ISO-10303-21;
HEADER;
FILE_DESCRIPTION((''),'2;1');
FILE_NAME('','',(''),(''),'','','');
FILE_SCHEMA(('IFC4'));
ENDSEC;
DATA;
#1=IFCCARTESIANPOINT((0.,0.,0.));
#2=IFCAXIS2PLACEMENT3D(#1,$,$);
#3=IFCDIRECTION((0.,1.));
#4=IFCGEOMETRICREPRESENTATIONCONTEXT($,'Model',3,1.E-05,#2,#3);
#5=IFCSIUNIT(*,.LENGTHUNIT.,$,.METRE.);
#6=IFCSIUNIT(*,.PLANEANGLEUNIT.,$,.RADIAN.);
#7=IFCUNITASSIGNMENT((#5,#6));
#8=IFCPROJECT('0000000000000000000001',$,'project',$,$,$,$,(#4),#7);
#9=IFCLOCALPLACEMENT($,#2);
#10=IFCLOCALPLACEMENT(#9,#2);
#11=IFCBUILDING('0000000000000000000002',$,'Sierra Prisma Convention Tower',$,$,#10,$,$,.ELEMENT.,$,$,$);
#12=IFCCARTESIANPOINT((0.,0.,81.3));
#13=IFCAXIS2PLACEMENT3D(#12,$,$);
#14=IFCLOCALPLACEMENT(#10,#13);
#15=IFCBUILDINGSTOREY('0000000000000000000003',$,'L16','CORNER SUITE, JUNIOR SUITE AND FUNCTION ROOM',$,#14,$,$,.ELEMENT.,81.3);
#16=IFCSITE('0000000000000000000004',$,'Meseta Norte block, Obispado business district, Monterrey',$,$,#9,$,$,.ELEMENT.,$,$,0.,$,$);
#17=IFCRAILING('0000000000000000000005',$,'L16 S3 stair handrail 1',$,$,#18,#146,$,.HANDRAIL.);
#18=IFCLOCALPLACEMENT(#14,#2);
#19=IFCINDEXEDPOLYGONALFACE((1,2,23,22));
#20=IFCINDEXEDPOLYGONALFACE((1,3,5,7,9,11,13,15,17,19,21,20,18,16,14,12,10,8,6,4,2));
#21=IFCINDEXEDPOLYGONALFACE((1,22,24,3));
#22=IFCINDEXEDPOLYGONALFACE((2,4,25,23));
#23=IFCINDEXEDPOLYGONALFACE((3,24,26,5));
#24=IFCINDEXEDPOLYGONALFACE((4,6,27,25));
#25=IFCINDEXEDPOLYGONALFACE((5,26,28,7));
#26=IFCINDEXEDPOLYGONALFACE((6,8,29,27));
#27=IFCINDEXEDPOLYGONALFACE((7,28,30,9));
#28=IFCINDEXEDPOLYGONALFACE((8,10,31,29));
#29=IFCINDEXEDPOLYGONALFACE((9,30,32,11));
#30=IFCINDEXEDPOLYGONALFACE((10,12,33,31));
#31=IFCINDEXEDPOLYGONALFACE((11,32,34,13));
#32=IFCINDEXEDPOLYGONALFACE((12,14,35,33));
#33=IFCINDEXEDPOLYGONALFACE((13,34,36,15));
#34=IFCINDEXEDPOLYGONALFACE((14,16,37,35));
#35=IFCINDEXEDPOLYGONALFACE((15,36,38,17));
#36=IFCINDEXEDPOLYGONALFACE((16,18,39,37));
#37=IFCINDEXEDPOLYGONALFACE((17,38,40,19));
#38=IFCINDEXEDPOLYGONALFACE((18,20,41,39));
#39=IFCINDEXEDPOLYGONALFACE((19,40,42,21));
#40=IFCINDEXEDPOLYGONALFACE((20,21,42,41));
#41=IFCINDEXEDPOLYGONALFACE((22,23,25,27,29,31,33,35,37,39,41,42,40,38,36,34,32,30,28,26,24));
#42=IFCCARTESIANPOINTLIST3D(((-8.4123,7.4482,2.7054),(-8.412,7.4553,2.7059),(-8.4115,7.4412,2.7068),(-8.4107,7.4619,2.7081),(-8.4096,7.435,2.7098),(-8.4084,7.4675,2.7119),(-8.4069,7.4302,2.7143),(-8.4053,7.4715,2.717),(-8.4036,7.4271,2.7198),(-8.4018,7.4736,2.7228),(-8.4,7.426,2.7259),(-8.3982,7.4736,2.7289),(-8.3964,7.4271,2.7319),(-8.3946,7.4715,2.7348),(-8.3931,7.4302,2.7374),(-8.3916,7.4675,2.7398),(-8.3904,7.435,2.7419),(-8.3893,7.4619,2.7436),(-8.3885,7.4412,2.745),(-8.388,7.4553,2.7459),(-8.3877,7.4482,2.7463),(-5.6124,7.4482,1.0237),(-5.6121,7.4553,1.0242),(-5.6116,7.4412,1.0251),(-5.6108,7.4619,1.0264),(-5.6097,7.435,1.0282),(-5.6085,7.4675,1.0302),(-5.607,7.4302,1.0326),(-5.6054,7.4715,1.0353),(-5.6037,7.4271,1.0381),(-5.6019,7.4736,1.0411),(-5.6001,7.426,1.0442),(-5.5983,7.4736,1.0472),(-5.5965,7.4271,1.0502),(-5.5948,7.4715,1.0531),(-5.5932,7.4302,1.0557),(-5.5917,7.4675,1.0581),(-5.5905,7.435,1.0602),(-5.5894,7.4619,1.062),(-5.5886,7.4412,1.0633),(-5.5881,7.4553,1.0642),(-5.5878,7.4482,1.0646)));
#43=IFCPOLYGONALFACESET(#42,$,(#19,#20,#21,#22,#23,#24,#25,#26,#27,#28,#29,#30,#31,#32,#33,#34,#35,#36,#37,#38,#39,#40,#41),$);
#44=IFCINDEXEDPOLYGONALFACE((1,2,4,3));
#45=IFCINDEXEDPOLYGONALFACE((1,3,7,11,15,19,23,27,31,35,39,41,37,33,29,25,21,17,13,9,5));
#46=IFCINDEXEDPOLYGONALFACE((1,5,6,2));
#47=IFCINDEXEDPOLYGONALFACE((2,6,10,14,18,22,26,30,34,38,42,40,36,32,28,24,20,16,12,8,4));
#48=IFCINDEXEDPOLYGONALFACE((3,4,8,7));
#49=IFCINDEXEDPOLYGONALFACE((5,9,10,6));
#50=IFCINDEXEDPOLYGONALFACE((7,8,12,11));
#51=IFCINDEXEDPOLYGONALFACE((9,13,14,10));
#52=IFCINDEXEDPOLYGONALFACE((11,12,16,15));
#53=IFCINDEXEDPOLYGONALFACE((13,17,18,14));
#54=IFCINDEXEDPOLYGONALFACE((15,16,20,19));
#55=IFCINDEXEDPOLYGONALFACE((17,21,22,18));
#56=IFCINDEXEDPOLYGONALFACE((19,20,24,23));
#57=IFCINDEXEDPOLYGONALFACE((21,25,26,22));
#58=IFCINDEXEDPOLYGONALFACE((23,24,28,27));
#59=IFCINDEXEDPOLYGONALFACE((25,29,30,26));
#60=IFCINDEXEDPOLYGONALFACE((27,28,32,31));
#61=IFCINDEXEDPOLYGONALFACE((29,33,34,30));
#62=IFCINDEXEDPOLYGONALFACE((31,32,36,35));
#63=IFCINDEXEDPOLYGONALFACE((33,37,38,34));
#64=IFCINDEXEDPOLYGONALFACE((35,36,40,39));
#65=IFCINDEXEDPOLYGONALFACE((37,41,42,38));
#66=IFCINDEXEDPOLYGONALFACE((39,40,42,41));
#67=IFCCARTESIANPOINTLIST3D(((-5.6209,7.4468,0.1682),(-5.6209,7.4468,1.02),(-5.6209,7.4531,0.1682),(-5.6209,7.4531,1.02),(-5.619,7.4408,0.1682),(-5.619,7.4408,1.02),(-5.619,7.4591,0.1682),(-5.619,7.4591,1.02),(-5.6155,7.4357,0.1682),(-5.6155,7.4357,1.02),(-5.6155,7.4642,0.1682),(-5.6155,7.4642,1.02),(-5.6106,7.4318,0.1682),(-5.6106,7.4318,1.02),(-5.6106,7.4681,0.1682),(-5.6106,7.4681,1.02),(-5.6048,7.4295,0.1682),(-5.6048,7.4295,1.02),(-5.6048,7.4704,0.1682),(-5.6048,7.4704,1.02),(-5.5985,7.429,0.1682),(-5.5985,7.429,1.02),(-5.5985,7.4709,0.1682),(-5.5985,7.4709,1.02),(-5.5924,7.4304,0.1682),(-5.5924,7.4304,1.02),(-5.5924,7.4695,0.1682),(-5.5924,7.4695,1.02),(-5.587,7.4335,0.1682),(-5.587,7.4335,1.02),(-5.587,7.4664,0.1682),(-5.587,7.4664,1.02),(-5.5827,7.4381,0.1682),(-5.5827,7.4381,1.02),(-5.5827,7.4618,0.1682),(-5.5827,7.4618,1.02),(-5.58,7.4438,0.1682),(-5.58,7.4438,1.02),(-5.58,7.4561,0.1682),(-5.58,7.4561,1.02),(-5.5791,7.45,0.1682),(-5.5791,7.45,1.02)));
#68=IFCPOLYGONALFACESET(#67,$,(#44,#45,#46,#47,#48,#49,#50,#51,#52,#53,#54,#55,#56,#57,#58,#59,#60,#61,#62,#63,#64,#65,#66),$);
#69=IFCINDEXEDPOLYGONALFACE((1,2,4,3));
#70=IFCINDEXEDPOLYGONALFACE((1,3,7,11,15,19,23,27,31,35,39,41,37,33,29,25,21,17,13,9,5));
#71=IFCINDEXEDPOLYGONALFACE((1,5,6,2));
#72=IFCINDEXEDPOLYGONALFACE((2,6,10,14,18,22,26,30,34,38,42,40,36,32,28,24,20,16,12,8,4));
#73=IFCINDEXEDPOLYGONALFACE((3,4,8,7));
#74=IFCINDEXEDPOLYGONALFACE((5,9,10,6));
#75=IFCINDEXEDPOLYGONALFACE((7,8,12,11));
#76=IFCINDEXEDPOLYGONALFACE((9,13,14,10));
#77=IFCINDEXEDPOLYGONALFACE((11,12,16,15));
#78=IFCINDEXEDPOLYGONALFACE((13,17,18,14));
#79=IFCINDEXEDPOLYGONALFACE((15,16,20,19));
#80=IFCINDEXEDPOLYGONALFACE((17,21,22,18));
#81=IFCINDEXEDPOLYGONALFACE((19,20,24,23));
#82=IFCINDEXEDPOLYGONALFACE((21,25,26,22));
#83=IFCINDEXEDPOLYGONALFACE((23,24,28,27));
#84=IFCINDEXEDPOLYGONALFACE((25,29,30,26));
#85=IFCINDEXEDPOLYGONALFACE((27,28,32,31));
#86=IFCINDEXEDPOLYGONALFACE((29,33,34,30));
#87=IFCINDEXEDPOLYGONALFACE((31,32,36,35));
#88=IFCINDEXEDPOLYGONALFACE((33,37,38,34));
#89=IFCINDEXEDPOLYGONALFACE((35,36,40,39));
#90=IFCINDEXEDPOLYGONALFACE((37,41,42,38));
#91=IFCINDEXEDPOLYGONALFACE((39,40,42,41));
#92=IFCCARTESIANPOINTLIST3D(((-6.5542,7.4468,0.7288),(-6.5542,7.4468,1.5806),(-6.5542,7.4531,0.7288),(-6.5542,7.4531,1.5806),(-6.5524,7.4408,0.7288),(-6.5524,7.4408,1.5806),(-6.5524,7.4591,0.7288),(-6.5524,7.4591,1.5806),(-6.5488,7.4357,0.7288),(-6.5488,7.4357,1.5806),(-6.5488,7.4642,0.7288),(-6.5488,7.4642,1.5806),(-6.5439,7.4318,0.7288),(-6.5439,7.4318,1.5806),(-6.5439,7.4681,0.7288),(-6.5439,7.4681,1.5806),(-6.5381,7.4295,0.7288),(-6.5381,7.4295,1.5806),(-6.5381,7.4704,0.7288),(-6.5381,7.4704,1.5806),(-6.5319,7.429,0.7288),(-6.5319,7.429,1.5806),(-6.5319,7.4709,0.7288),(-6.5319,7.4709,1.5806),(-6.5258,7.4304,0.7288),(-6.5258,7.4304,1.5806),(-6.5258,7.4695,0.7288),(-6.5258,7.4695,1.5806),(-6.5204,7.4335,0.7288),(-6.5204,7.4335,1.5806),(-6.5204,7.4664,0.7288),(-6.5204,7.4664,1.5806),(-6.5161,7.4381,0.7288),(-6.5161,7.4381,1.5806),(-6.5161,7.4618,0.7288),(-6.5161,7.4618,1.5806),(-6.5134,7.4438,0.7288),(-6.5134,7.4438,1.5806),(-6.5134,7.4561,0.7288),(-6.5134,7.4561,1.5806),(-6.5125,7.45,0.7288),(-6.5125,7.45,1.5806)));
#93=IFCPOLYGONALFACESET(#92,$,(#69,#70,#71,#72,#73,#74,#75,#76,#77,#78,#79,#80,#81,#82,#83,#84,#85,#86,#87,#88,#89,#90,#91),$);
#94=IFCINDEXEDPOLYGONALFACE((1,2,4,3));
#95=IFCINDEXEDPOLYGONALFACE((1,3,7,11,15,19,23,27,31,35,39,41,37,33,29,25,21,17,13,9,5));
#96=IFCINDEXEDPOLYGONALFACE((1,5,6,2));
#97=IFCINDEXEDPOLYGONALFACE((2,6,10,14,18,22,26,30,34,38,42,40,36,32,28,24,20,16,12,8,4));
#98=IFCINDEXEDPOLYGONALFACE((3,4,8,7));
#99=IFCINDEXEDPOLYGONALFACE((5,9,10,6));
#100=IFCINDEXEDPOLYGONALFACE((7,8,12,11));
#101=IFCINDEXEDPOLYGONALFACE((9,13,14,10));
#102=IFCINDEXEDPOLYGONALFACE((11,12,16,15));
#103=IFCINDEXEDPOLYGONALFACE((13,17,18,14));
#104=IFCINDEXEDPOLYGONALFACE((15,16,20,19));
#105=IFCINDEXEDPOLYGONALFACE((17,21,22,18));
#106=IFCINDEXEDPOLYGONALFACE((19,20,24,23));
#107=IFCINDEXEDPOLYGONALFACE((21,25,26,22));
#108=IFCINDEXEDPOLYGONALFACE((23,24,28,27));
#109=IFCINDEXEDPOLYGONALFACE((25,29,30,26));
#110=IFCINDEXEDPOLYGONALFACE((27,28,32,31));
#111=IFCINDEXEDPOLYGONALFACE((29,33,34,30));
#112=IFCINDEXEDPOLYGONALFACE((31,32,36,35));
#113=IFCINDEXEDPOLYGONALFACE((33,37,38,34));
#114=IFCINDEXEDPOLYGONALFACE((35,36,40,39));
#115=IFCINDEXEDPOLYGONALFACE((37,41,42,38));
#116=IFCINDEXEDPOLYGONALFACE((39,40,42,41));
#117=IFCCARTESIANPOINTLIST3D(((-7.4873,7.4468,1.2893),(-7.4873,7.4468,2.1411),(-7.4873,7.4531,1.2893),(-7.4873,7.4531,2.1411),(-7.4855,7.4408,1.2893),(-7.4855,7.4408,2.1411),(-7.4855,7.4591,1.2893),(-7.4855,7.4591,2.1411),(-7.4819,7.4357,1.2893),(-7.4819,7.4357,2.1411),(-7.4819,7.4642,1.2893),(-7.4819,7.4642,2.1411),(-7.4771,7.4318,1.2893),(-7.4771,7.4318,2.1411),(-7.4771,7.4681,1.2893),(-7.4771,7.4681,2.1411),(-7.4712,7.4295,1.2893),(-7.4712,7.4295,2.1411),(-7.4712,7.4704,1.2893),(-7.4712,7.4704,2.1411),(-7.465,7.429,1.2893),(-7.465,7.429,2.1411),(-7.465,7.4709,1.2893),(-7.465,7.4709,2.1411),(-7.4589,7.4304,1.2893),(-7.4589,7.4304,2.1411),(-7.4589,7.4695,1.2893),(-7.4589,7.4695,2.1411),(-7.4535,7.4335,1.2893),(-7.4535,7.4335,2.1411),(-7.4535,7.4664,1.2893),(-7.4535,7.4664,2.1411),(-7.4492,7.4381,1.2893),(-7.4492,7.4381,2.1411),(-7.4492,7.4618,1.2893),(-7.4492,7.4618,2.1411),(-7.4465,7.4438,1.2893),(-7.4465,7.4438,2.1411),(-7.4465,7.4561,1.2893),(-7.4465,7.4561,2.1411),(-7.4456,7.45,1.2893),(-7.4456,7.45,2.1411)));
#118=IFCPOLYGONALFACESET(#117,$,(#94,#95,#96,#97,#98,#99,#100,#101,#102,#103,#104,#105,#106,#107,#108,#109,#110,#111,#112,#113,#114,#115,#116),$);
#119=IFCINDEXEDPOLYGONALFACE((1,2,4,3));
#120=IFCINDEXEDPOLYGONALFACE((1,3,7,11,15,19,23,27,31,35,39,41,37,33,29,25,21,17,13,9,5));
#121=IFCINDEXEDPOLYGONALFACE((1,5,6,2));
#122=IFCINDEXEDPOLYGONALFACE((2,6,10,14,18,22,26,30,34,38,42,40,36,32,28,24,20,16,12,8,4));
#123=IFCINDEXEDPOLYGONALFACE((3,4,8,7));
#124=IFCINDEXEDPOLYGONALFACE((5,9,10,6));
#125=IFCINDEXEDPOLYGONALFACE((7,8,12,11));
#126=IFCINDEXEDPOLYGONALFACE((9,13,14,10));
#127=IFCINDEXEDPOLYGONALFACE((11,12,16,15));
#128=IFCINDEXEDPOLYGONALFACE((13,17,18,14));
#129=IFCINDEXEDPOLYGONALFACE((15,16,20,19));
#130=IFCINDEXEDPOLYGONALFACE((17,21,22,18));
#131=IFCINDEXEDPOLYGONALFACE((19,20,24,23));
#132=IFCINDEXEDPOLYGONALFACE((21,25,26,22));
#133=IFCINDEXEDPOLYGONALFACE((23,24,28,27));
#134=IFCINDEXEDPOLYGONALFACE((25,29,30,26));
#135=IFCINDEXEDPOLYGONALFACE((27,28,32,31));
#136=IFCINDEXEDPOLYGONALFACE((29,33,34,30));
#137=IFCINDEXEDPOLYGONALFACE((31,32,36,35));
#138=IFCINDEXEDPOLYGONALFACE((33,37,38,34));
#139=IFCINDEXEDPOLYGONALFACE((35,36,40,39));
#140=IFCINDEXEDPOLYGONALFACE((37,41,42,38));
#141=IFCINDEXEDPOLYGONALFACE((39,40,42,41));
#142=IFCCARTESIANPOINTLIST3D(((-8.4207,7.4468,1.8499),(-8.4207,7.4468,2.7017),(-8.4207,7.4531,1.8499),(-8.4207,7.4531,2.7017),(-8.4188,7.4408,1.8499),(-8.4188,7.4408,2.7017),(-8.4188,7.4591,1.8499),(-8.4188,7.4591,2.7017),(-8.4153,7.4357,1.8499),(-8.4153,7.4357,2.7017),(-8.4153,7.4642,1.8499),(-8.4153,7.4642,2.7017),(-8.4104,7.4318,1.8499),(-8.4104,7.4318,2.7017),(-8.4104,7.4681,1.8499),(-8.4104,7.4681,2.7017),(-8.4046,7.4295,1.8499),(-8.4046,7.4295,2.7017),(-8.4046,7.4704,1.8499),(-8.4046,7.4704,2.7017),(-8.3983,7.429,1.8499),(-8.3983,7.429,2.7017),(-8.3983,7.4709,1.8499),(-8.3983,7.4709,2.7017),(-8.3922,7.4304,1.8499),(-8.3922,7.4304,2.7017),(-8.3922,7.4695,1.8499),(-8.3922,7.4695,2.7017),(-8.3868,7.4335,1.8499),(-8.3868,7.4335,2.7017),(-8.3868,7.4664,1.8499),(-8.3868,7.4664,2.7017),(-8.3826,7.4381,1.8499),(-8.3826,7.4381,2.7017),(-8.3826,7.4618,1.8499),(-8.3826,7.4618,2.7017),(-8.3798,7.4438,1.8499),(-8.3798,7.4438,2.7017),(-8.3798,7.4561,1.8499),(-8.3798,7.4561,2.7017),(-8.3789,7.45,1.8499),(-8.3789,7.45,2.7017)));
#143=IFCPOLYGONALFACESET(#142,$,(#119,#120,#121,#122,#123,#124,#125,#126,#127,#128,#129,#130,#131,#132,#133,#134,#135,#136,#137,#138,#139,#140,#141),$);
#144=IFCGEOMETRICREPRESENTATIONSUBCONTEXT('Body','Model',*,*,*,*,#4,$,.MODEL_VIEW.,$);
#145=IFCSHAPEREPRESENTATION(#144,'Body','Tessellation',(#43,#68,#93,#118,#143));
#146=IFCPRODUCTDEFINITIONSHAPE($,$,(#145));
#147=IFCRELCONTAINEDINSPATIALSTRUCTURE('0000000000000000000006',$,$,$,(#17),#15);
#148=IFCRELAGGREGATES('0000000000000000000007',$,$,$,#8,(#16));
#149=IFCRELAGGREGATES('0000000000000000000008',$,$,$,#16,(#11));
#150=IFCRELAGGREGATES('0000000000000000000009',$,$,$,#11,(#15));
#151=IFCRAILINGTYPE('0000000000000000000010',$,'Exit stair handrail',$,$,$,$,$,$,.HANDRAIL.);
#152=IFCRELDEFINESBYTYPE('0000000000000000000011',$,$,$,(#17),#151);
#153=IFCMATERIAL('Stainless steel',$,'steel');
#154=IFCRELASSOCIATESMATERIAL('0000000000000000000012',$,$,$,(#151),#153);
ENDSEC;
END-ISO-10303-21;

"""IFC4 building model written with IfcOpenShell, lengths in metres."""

from ifc_helpers import new_model, si_unit, direction, frame, origin, origin_2d, place, context, subcontext, project, spatial, circle, extrude, material, type_object, element, save


model = new_model("IFC4")

# Units and contexts
model_context = context("Model", 3, precision=1e-05, world=origin(), true_north=direction((0.0, 1.0)))
body_context = subcontext(model_context, "Body", "Model", "MODEL_VIEW")
ifc_project = project(units=[si_unit("LENGTHUNIT", "METRE"), si_unit("PLANEANGLEUNIT", "RADIAN")], contexts=[model_context])

# Site, building, storey
site_placement = place(None, origin())
site = spatial("IfcSite", under=ifc_project, at=site_placement, Name="Meseta Norte block, Obispado business district, Monterrey", CompositionType="ELEMENT", RefElevation=0.0)
building_placement = place(site_placement, origin())
building = spatial("IfcBuilding", under=site, at=building_placement, Name="Sierra Prisma Convention Tower", CompositionType="ELEMENT")
storey_placement = place(building_placement, frame((0.0, 0.0, 81.3)))
storey = spatial("IfcBuildingStorey", under=building, at=storey_placement, Name="L16", Description="CORNER SUITE, JUNIOR SUITE AND FUNCTION ROOM", CompositionType="ELEMENT", Elevation=81.3)

# Railing
ifc_material_1 = material(Name="Stainless steel", Category="steel")
railing_type_1 = type_object("IfcRailingType", Name="Exit stair handrail", PredefinedType="HANDRAIL", material=ifc_material_1)
railing_1_placement = place(storey_placement, frame((-5.6001, 7.45, 0.1682)))
element("IfcRailing", 1, at=railing_1_placement, inside=storey, type_object=railing_type_1, Name="L16 S3 stair handrail 1", PredefinedType="HANDRAIL", context=body_context, shape_type="SweptSolid", body=[
    extrude(circle(Radius=0.0239, at=origin_2d()), frame((0.0, 0.0, 0.876), z_axis=(-0.857255, 0.0, 0.514891), x_axis=(0.0, -1.0, 0.0)), (0.0, 0.0, 1.0), 3.2661),
    extrude(circle(Radius=0.021, at=origin_2d()), origin(), (0.0, 0.0, 1.0), 0.8518),
    extrude(circle(Radius=0.021, at=origin_2d()), frame((-0.9333, 0.0, 0.5605)), (0.0, 0.0, 1.0), 0.8518),
    extrude(circle(Radius=0.021, at=origin_2d()), frame((-1.8665, 0.0, 1.1211)), (0.0, 0.0, 1.0), 0.8518),
    extrude(circle(Radius=0.021, at=origin_2d()), frame((-2.7998, 0.0, 1.6816)), (0.0, 0.0, 1.0), 0.8518),
])

save(model, "model.ifc")
